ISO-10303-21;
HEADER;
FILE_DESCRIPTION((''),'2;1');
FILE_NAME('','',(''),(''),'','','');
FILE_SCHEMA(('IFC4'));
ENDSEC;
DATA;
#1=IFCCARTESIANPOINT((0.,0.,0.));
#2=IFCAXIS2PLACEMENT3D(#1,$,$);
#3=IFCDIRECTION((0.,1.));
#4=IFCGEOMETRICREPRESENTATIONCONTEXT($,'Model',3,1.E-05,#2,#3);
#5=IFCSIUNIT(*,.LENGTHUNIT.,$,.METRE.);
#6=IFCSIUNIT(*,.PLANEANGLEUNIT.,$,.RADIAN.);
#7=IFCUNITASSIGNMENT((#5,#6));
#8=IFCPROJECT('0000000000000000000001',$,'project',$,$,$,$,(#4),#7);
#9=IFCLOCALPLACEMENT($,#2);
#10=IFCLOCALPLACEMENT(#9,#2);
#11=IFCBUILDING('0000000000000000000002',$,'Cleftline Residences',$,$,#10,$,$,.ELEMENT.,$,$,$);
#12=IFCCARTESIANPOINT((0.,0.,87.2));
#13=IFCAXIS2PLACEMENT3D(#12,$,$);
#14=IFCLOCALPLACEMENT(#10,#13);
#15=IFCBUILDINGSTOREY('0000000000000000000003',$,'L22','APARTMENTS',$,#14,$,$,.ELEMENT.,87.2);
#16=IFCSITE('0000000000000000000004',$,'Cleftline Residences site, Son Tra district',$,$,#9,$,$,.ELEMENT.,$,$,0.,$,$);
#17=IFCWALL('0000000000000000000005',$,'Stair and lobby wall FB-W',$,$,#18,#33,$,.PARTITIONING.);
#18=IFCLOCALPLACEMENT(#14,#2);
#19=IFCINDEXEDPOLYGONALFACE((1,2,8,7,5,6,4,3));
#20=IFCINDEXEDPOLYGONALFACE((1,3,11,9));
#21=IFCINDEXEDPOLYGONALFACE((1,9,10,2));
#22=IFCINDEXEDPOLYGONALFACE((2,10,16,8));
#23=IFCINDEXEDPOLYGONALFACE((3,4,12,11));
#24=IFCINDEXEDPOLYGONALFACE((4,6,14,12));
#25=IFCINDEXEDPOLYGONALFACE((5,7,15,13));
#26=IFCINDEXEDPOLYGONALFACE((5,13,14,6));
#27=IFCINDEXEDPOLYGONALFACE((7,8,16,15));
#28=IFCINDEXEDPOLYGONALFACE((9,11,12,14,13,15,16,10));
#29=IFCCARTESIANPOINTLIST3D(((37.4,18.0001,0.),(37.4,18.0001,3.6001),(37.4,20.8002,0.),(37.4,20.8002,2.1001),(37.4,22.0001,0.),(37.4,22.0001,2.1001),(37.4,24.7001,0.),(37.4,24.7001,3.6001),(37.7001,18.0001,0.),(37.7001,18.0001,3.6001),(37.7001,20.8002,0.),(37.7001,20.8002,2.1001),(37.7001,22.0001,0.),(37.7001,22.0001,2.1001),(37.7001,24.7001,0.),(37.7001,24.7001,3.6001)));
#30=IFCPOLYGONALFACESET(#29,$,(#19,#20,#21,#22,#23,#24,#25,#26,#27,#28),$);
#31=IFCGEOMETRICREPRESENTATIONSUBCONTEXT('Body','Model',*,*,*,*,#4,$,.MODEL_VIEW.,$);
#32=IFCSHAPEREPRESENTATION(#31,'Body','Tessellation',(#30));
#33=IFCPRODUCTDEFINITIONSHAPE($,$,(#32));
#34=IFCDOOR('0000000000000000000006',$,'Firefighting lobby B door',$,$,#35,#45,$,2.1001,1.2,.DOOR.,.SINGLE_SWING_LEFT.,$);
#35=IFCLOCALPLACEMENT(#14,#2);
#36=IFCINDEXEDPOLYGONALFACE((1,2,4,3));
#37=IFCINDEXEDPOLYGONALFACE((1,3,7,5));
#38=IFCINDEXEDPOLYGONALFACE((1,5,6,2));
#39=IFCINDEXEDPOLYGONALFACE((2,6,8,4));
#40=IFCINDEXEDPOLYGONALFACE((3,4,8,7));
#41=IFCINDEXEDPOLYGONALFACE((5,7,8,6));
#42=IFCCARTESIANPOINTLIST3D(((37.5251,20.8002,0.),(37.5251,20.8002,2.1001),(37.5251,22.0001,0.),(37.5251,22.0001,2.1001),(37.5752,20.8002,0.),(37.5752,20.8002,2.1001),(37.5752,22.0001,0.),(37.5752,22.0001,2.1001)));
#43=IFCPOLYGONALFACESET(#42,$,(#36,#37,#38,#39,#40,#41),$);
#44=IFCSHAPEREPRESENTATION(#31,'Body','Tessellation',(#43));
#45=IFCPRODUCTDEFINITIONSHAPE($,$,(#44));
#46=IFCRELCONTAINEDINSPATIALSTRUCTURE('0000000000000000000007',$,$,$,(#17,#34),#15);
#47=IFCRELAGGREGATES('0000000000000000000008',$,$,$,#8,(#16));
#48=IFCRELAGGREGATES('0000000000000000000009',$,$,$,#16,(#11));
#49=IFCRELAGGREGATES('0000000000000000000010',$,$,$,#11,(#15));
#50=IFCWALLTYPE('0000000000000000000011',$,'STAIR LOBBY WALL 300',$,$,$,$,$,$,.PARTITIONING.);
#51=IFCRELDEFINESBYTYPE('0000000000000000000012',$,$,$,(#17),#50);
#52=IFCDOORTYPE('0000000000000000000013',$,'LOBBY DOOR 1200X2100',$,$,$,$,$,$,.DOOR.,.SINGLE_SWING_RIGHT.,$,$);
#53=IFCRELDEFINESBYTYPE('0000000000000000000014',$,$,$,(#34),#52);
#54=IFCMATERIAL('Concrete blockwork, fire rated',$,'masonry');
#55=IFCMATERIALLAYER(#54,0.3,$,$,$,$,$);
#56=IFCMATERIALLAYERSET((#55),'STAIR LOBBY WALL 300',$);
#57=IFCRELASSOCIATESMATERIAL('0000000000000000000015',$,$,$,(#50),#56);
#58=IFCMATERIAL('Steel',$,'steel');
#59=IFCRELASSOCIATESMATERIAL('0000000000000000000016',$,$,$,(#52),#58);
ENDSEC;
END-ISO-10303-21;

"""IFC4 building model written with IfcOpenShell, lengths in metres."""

from ifc_helpers import new_model, si_unit, direction, frame, frame_2d, origin, place, context, subcontext, project, spatial, rectangle, extrude, material, layer, layer_set, type_object, element, fill, save


model = new_model("IFC4")

# Units and contexts
model_context = context("Model", 3, precision=1e-05, world=origin(), true_north=direction((0.0, 1.0)))
body_context = subcontext(model_context, "Body", "Model", "MODEL_VIEW")
ifc_project = project(units=[si_unit("LENGTHUNIT", "METRE"), si_unit("PLANEANGLEUNIT", "RADIAN")], contexts=[model_context])

# Site, building, storey
site_placement = place(None, origin())
site = spatial("IfcSite", under=ifc_project, at=site_placement, Name="Cleftline Residences site, Son Tra district", CompositionType="ELEMENT", RefElevation=0.0)
building_placement = place(site_placement, origin())
building = spatial("IfcBuilding", under=site, at=building_placement, Name="Cleftline Residences", CompositionType="ELEMENT")
storey_placement = place(building_placement, frame((0.0, 0.0, 87.2)))
storey = spatial("IfcBuildingStorey", under=building, at=storey_placement, Name="L22", Description="APARTMENTS", CompositionType="ELEMENT", Elevation=87.2)

# Wall, opening, door
ifc_material_1 = material(Name="Concrete blockwork, fire rated", Category="masonry")
ifc_layer_1 = layer(ifc_material_1, 0.3)
ifc_layer_set_1 = layer_set([ifc_layer_1], Name="STAIR LOBBY WALL 300")
wall_type_1 = type_object("IfcWallType", Name="STAIR LOBBY WALL 300", PredefinedType="PARTITIONING", material=ifc_layer_set_1)
ifc_material_2 = material(Name="Steel", Category="steel")
door_type_1 = type_object("IfcDoorType", Name="LOBBY DOOR 1200X2100", OperationType="SINGLE_SWING_RIGHT", PredefinedType="DOOR", material=ifc_material_2)
wall_1_placement = place(storey_placement, frame((37.55, 18.0, 0.0), z_axis=(0.0, 0.0, 1.0), x_axis=(0.0, 1.0, 0.0)))
wall_1 = element("IfcWall", 1, at=wall_1_placement, inside=storey, type_object=wall_type_1, Name="Stair and lobby wall FB-W", PredefinedType="PARTITIONING", context=body_context, shape_type="SweptSolid", body=[
    extrude(rectangle(XDim=6.7, YDim=0.3, at=frame_2d((3.3501, 0.0))), origin(), (0.0, 0.0, 1.0), 3.6001),
])
opening_1_placement = place(wall_1_placement, frame((2.8, 0.0, 0.0)))
opening_1 = element("IfcOpeningElement", 2, at=opening_1_placement, cuts=wall_1, PredefinedType="OPENING", context=body_context, shape_type="SweptSolid", body=[
    extrude(rectangle(XDim=1.2, YDim=2.1001, at=frame_2d((0.6001, 1.05))), frame((0.0, 0.1599, 0.0), z_axis=(0.0, -1.0, 0.0), x_axis=(1.0, 0.0, 0.0)), (0.0, 0.0, 1.0), 0.3201),
])
door_1_placement = place(opening_1_placement, origin())
door_1 = element("IfcDoor", 3, at=door_1_placement, inside=storey, type_object=door_type_1, Name="Firefighting lobby B door", OperationType="SINGLE_SWING_LEFT", OverallHeight=2.1001, OverallWidth=1.2, PredefinedType="DOOR", context=body_context, shape_type="SweptSolid", body=[
    extrude(rectangle(XDim=1.2, YDim=2.1001, at=frame_2d((0.6001, 1.05))), frame((0.0, 0.0249, 0.0), z_axis=(0.0, -1.0, 0.0), x_axis=(1.0, 0.0, 0.0)), (0.0, 0.0, 1.0), 0.05),
])
fill(opening_1, door_1)

save(model, "model.ifc")
